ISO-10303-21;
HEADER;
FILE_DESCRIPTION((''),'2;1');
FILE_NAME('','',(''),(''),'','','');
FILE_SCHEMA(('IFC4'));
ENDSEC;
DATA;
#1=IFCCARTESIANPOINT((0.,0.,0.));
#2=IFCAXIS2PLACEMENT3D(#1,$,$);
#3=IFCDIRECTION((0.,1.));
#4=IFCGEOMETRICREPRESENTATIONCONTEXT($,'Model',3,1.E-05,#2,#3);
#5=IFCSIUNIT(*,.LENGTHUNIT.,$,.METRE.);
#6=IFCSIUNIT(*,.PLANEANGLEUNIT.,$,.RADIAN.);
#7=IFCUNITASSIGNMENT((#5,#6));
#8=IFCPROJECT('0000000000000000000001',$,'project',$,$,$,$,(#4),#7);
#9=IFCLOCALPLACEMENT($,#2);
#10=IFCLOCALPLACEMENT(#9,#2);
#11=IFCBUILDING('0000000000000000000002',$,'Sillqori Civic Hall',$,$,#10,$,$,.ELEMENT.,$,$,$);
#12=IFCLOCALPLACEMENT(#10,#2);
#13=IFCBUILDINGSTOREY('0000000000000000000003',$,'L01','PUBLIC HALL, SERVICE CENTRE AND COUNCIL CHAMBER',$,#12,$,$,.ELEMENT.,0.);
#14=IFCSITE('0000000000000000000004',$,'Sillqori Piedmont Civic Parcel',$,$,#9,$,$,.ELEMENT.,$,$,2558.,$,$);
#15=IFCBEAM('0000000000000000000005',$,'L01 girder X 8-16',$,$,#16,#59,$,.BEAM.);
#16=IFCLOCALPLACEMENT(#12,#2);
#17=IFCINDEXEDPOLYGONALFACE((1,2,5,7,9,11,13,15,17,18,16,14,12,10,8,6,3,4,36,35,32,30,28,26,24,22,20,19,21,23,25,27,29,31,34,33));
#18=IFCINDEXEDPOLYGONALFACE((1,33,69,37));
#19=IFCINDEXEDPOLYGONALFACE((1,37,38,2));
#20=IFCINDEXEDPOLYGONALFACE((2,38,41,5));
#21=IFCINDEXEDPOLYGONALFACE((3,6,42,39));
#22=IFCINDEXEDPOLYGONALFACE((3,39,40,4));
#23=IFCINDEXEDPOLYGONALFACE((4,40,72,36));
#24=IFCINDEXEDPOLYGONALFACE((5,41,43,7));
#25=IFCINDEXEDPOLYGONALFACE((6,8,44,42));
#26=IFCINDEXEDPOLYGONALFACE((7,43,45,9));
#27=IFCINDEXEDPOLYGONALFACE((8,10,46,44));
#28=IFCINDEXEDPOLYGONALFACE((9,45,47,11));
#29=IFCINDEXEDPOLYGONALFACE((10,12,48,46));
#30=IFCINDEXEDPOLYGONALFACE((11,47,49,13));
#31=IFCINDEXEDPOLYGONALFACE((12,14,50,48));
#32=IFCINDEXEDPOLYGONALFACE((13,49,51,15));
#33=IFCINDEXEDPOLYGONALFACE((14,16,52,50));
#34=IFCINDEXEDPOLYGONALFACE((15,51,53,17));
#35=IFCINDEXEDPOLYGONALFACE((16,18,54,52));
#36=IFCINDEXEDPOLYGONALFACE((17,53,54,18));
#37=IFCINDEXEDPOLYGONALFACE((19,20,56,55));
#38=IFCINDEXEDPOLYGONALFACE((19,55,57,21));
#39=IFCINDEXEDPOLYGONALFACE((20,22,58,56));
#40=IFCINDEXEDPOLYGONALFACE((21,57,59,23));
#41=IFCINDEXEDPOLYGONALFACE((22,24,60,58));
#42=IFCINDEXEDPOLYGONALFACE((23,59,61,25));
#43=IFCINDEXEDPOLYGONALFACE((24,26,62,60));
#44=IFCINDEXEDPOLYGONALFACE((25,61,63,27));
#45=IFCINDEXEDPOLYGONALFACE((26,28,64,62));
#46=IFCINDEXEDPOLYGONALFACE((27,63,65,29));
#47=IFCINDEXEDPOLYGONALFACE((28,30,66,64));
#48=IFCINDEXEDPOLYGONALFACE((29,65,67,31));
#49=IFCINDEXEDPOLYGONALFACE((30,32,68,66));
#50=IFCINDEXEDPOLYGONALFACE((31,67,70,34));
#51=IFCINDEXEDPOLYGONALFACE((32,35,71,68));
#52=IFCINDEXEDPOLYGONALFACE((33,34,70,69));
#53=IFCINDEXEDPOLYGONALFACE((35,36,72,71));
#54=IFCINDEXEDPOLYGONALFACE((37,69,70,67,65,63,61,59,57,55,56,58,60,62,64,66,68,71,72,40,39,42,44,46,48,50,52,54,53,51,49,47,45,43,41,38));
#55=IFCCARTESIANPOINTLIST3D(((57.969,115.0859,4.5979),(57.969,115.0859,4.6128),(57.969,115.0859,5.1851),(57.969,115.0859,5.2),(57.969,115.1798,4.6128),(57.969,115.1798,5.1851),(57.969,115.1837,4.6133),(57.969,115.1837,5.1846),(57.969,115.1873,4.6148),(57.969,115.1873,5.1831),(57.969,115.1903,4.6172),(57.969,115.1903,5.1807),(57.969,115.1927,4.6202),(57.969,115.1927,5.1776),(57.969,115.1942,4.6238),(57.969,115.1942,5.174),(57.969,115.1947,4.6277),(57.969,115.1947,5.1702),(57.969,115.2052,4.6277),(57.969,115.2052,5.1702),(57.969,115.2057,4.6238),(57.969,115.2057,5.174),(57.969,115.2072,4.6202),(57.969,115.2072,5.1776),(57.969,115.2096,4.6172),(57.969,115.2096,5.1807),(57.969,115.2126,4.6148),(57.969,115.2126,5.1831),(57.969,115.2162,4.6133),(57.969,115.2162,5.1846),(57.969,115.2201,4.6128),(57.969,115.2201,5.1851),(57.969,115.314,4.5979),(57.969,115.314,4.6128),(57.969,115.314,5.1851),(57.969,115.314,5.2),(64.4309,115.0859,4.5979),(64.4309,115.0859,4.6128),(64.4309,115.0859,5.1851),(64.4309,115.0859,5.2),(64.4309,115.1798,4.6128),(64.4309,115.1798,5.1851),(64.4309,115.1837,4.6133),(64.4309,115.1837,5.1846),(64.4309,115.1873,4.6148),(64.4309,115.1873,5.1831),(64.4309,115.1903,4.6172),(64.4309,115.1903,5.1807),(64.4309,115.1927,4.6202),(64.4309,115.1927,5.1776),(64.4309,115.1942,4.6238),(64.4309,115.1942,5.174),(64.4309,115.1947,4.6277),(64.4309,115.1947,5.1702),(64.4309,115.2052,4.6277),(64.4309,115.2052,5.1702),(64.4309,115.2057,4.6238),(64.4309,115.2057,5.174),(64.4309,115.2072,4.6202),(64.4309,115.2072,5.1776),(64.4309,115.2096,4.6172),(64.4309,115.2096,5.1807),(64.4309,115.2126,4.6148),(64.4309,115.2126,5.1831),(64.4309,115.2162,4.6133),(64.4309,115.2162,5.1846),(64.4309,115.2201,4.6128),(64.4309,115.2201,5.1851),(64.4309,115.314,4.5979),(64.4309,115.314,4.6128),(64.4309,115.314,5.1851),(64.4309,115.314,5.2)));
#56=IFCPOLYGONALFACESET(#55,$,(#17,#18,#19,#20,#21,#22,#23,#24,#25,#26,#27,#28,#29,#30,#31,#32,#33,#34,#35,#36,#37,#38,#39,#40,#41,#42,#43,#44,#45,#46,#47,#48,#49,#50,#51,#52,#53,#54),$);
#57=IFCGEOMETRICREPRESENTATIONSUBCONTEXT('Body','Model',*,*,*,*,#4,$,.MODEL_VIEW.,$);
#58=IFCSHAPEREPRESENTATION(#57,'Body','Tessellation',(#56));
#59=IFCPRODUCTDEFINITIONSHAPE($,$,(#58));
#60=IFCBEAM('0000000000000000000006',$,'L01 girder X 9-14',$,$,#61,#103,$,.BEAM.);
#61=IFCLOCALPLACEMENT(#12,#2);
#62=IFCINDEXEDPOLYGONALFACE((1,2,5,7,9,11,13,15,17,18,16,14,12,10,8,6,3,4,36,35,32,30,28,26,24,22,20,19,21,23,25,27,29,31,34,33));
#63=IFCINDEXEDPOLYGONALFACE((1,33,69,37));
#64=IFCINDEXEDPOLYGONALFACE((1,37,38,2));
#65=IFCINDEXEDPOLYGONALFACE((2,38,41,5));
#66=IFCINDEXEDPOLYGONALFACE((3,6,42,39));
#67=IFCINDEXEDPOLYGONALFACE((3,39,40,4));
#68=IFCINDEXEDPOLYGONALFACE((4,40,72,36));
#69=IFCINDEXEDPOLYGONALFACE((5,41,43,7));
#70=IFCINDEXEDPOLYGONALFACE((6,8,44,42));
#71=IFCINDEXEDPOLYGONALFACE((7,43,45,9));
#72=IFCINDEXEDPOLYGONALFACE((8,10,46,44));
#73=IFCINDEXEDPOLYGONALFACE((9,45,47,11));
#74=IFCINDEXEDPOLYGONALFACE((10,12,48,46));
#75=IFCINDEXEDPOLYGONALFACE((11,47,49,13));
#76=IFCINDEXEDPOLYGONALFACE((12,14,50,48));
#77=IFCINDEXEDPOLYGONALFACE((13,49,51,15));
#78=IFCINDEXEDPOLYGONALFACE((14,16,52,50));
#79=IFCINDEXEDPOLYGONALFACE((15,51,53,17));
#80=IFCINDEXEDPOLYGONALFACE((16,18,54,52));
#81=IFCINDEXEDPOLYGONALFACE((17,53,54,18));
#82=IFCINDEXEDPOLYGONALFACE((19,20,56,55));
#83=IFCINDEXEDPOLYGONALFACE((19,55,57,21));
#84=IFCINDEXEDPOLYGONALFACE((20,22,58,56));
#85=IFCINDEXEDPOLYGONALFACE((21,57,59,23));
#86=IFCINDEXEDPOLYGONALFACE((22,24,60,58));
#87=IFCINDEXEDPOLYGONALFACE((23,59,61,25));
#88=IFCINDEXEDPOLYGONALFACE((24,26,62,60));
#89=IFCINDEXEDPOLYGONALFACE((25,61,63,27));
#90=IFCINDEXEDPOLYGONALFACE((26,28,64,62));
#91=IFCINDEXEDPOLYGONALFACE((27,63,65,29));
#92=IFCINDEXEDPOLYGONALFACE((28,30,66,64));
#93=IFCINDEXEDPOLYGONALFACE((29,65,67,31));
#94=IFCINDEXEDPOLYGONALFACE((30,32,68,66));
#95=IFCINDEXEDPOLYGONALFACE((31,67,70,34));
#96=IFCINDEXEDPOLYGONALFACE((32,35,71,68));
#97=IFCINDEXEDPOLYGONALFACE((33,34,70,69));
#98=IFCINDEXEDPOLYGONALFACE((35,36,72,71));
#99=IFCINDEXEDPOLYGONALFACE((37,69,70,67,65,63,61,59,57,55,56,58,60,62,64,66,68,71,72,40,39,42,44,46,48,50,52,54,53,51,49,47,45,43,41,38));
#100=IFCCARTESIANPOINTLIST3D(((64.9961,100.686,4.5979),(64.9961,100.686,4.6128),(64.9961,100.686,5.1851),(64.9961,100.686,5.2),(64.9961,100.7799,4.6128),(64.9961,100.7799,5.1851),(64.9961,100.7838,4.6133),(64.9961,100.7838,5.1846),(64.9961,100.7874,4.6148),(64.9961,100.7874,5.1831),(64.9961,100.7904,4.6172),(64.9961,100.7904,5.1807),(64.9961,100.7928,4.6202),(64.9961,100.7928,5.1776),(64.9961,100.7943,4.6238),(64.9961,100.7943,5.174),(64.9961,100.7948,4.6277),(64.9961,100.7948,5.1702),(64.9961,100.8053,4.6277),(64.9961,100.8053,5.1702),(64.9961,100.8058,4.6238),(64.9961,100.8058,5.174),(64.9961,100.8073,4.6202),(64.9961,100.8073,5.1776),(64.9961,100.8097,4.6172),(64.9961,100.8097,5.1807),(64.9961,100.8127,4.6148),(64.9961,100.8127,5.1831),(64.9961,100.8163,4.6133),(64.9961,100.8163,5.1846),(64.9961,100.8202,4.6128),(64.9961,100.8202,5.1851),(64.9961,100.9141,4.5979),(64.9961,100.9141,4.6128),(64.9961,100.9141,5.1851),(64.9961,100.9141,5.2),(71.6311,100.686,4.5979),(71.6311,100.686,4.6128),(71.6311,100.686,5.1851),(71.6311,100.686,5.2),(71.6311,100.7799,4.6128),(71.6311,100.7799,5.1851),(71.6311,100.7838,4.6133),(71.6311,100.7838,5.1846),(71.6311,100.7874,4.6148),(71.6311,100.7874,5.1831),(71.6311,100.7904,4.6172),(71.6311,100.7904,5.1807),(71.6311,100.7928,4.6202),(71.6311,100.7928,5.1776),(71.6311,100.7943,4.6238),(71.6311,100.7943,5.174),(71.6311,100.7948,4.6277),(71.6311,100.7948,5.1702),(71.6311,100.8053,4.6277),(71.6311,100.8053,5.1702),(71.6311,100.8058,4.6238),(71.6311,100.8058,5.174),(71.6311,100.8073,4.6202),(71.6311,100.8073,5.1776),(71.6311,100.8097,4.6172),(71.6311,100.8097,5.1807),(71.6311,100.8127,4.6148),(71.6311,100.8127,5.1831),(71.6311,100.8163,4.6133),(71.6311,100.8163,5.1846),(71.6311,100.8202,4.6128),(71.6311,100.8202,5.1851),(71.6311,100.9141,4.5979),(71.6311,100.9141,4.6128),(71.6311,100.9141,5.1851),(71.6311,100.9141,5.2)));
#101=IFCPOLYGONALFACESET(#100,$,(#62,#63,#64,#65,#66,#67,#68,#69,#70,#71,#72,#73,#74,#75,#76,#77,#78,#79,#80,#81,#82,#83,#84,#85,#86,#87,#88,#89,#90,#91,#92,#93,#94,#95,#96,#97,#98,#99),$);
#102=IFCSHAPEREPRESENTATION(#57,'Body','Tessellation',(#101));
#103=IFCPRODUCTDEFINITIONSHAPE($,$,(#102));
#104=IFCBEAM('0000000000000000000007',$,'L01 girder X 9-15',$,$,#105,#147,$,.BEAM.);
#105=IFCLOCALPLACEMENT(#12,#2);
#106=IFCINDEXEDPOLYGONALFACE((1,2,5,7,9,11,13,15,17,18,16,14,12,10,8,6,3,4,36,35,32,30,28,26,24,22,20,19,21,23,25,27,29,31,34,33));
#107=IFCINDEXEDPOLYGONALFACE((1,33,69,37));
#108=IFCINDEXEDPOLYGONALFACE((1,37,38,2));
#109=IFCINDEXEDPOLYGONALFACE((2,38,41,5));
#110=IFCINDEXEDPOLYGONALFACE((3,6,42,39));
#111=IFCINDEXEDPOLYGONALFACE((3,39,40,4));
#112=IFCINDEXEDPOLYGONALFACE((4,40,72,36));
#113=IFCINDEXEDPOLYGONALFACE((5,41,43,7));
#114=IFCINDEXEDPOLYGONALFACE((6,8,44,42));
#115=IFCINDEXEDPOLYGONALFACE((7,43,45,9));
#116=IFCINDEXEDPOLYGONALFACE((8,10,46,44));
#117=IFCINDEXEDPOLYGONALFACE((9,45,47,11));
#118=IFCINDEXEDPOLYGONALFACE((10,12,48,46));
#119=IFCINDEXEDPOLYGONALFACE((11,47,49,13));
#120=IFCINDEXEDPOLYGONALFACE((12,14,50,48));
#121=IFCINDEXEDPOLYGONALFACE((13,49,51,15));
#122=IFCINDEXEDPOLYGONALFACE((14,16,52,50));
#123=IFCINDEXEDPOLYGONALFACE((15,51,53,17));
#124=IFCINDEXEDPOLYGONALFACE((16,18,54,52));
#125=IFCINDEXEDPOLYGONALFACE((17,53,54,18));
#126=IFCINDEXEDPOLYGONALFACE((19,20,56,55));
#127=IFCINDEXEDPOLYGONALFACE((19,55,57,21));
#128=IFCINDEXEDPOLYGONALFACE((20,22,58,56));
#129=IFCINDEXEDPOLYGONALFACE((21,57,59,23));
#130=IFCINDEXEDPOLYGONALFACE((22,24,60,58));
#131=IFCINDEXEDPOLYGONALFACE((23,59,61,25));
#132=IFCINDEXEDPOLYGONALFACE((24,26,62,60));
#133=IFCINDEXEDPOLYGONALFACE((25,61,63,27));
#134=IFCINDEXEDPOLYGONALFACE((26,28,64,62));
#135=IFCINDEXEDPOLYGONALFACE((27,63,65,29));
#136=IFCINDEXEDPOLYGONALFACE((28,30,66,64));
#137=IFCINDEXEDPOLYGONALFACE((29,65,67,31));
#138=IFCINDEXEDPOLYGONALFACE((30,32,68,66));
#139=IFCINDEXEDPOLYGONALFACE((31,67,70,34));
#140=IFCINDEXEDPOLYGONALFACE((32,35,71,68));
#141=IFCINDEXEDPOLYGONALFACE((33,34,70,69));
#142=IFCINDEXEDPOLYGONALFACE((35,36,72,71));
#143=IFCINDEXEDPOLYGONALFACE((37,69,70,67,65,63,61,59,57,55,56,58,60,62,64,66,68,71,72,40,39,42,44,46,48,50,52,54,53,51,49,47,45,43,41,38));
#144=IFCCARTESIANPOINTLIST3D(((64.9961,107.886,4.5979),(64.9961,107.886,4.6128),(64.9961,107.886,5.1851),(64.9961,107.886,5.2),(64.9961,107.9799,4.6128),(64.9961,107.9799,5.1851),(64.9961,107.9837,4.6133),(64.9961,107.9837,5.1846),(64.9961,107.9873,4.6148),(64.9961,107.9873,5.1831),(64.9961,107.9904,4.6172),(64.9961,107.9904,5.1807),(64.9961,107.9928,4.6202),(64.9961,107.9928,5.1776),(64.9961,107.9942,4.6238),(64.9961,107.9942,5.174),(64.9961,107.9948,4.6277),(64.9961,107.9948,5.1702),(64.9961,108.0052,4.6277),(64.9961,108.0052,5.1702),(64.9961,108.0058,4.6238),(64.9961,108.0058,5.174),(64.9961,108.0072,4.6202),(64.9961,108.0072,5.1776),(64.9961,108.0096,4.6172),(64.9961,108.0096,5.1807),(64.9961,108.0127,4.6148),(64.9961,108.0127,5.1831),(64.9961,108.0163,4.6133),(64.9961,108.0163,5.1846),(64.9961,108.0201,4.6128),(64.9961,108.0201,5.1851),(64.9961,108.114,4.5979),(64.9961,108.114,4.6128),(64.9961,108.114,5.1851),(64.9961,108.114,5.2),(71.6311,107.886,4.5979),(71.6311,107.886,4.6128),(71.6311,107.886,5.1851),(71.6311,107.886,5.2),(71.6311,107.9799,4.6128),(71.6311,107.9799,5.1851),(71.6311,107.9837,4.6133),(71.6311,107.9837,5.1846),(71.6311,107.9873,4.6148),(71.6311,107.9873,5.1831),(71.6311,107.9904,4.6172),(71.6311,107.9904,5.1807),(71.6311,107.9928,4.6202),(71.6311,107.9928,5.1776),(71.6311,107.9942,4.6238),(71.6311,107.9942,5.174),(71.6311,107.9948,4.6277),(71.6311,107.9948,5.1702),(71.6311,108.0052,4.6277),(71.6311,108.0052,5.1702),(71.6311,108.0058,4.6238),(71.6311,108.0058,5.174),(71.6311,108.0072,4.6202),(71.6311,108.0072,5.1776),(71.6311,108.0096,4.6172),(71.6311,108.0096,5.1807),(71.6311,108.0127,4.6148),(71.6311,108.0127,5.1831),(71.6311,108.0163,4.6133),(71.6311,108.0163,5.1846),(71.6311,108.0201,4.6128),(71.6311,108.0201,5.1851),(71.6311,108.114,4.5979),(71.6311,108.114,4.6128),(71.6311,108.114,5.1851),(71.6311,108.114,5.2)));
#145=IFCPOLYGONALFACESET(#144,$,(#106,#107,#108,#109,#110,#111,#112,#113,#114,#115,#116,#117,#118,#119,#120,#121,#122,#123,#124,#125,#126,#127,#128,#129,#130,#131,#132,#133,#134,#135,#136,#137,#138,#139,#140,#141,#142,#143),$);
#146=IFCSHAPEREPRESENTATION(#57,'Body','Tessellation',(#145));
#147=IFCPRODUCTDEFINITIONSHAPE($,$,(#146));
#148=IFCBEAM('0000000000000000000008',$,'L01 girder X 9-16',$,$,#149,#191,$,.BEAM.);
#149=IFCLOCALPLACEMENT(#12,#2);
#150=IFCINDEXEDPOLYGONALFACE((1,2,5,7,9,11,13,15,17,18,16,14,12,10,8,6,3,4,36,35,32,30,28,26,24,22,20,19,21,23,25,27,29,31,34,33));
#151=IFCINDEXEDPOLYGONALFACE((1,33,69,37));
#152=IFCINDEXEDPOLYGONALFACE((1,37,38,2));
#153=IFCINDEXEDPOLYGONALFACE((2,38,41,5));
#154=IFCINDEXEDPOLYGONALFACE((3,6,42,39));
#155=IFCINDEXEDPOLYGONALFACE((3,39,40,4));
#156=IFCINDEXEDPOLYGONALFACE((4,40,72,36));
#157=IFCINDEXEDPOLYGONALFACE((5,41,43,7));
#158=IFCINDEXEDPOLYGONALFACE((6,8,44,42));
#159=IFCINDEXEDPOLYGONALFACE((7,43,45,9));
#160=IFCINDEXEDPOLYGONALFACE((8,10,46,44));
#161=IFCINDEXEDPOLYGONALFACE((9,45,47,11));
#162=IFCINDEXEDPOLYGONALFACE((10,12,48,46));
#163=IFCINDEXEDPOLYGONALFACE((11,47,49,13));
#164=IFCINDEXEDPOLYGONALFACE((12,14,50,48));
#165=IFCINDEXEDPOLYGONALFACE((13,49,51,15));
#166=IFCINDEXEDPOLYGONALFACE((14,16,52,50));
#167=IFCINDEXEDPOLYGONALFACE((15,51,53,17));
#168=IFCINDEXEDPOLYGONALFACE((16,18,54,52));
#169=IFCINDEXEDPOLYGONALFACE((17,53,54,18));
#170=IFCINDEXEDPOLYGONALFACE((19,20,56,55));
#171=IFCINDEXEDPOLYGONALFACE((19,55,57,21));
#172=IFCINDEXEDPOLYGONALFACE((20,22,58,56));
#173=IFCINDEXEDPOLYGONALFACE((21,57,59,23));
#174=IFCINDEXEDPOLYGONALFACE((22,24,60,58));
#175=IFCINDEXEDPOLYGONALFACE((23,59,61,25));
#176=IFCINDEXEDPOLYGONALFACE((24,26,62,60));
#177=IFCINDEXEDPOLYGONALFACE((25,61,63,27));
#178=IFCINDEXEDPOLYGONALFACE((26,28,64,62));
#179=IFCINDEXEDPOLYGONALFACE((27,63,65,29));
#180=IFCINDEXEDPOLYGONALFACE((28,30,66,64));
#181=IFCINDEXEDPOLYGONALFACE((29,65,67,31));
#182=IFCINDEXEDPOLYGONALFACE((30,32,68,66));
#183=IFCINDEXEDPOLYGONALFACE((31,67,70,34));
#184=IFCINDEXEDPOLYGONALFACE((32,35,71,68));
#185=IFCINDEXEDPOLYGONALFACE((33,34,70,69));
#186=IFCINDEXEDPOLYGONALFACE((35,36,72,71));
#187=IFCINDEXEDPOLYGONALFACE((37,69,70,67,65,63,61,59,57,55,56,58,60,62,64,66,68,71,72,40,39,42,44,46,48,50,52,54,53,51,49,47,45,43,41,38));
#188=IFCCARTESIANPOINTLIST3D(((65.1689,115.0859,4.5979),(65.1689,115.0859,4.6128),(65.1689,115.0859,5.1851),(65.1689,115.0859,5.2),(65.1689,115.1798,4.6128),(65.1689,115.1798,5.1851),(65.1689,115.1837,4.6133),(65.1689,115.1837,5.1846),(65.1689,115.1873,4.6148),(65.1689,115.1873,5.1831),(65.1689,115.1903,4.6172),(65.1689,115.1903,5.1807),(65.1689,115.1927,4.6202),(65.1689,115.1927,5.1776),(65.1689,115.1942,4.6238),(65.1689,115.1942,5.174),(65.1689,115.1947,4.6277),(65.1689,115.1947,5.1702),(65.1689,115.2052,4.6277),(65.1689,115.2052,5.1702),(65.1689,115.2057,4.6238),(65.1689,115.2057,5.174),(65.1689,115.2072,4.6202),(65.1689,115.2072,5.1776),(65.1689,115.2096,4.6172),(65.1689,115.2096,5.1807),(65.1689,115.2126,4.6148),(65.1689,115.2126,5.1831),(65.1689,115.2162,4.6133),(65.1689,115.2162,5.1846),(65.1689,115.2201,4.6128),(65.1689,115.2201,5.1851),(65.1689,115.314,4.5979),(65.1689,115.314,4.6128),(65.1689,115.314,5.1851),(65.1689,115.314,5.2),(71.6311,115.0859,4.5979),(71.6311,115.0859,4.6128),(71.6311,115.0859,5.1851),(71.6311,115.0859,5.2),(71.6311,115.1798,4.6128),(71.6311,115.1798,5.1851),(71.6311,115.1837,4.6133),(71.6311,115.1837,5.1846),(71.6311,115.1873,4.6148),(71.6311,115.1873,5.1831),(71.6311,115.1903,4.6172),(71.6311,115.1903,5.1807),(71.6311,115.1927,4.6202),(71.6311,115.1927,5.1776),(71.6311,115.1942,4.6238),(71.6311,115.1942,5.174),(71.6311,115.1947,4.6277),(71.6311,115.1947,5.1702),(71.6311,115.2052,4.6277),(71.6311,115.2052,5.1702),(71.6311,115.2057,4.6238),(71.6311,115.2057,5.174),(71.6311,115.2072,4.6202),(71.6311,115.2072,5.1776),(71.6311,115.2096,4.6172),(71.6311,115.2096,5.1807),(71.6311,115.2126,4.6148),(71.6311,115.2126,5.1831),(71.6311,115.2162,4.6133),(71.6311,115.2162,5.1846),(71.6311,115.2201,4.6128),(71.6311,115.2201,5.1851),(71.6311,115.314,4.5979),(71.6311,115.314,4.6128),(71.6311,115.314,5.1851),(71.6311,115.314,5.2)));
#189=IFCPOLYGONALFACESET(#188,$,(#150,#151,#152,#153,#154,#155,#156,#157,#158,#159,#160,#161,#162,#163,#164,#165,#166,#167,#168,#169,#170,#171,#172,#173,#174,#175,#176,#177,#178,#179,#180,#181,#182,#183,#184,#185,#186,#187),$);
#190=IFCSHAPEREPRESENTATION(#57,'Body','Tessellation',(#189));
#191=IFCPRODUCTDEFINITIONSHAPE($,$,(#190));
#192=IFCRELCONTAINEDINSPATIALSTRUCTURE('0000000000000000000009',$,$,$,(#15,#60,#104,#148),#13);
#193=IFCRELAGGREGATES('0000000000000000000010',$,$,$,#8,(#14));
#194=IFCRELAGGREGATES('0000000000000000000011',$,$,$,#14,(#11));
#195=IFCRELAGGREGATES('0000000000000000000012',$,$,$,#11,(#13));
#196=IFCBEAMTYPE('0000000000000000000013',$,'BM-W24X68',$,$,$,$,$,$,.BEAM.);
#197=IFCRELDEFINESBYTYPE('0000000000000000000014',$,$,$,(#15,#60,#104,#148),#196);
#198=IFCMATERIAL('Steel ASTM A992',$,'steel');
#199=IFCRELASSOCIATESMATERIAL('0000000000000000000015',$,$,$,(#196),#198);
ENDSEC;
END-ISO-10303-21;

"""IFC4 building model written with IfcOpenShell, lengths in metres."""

from ifc_helpers import new_model, si_unit, direction, frame, origin, origin_2d, place, context, subcontext, project, spatial, i_section, extrude, material, material_profile, profile_set, type_object, element, save


model = new_model("IFC4")

# Units and contexts
model_context = context("Model", 3, precision=1e-05, world=origin(), true_north=direction((0.0, 1.0)))
body_context = subcontext(model_context, "Body", "Model", "MODEL_VIEW")
ifc_project = project(units=[si_unit("LENGTHUNIT", "METRE"), si_unit("PLANEANGLEUNIT", "RADIAN")], contexts=[model_context])

# Site, building, storey
site_placement = place(None, origin())
site = spatial("IfcSite", under=ifc_project, at=site_placement, Name="Sillqori Piedmont Civic Parcel", CompositionType="ELEMENT", RefElevation=2558.0)
building_placement = place(site_placement, origin())
building = spatial("IfcBuilding", under=site, at=building_placement, Name="Sillqori Civic Hall", CompositionType="ELEMENT")
storey_placement = place(building_placement, origin())
storey = spatial("IfcBuildingStorey", under=building, at=storey_placement, Name="L01", Description="PUBLIC HALL, SERVICE CENTRE AND COUNCIL CHAMBER", CompositionType="ELEMENT", Elevation=0.0)

# Shared definitions
ifc_material_1 = material(Name="Steel ASTM A992", Category="steel")

# Beams
ifc_material_profile_1 = material_profile(ifc_material_1, i_section(OverallWidth=0.228, OverallDepth=0.6021, WebThickness=0.0105, FlangeThickness=0.0149, FilletRadius=0.0149, at=origin_2d()), Name="W24X68")
ifc_profile_set_1 = profile_set([ifc_material_profile_1], Name="Steel ASTM A992")
beam_type_1 = type_object("IfcBeamType", Name="BM-W24X68", PredefinedType="BEAM", material=ifc_profile_set_1)
beam_1_placement = place(storey_placement, frame((57.969, 115.2, 4.8989), z_axis=(1.0, 0.0, 0.0), x_axis=(0.0, 1.0, 0.0)))
element("IfcBeam", 1, at=beam_1_placement, inside=storey, type_object=beam_type_1, Name="L01 girder X 8-16", PredefinedType="BEAM", context=body_context, shape_type="SweptSolid", body=[
    extrude(i_section(OverallWidth=0.228, OverallDepth=0.6021, WebThickness=0.0105, FlangeThickness=0.0149, FilletRadius=0.0149, at=origin_2d()), origin(), (0.0, 0.0, 1.0), 6.4619),
])
for number, where, z_axis, x_axis, name in (
    (2, (64.9961, 100.8, 4.8989), (1.0, 0.0, 0.0), (0.0, 1.0, 0.0), "L01 girder X 9-14"),
    (3, (64.9961, 108.0, 4.8989), (1.0, 0.0, 0.0), (0.0, 1.0, 0.0), "L01 girder X 9-15"),
):
    element("IfcBeam", number, at=place(storey_placement, frame(where, z_axis=z_axis, x_axis=x_axis)), inside=storey, type_object=beam_type_1, Name=name, PredefinedType="BEAM", context=body_context, shape_type="SweptSolid", body=[
        extrude(i_section(OverallWidth=0.228, OverallDepth=0.6021, WebThickness=0.0105, FlangeThickness=0.0149, FilletRadius=0.0149, at=origin_2d()), origin(), (0.0, 0.0, 1.0), 6.635),
    ])
beam_2_placement = place(storey_placement, frame((65.1689, 115.2, 4.8989), z_axis=(1.0, 0.0, 0.0), x_axis=(0.0, 1.0, 0.0)))
element("IfcBeam", 4, at=beam_2_placement, inside=storey, type_object=beam_type_1, Name="L01 girder X 9-16", PredefinedType="BEAM", context=body_context, shape_type="SweptSolid", body=[
    extrude(i_section(OverallWidth=0.228, OverallDepth=0.6021, WebThickness=0.0105, FlangeThickness=0.0149, FilletRadius=0.0149, at=origin_2d()), origin(), (0.0, 0.0, 1.0), 6.4622),
])

save(model, "model.ifc")
